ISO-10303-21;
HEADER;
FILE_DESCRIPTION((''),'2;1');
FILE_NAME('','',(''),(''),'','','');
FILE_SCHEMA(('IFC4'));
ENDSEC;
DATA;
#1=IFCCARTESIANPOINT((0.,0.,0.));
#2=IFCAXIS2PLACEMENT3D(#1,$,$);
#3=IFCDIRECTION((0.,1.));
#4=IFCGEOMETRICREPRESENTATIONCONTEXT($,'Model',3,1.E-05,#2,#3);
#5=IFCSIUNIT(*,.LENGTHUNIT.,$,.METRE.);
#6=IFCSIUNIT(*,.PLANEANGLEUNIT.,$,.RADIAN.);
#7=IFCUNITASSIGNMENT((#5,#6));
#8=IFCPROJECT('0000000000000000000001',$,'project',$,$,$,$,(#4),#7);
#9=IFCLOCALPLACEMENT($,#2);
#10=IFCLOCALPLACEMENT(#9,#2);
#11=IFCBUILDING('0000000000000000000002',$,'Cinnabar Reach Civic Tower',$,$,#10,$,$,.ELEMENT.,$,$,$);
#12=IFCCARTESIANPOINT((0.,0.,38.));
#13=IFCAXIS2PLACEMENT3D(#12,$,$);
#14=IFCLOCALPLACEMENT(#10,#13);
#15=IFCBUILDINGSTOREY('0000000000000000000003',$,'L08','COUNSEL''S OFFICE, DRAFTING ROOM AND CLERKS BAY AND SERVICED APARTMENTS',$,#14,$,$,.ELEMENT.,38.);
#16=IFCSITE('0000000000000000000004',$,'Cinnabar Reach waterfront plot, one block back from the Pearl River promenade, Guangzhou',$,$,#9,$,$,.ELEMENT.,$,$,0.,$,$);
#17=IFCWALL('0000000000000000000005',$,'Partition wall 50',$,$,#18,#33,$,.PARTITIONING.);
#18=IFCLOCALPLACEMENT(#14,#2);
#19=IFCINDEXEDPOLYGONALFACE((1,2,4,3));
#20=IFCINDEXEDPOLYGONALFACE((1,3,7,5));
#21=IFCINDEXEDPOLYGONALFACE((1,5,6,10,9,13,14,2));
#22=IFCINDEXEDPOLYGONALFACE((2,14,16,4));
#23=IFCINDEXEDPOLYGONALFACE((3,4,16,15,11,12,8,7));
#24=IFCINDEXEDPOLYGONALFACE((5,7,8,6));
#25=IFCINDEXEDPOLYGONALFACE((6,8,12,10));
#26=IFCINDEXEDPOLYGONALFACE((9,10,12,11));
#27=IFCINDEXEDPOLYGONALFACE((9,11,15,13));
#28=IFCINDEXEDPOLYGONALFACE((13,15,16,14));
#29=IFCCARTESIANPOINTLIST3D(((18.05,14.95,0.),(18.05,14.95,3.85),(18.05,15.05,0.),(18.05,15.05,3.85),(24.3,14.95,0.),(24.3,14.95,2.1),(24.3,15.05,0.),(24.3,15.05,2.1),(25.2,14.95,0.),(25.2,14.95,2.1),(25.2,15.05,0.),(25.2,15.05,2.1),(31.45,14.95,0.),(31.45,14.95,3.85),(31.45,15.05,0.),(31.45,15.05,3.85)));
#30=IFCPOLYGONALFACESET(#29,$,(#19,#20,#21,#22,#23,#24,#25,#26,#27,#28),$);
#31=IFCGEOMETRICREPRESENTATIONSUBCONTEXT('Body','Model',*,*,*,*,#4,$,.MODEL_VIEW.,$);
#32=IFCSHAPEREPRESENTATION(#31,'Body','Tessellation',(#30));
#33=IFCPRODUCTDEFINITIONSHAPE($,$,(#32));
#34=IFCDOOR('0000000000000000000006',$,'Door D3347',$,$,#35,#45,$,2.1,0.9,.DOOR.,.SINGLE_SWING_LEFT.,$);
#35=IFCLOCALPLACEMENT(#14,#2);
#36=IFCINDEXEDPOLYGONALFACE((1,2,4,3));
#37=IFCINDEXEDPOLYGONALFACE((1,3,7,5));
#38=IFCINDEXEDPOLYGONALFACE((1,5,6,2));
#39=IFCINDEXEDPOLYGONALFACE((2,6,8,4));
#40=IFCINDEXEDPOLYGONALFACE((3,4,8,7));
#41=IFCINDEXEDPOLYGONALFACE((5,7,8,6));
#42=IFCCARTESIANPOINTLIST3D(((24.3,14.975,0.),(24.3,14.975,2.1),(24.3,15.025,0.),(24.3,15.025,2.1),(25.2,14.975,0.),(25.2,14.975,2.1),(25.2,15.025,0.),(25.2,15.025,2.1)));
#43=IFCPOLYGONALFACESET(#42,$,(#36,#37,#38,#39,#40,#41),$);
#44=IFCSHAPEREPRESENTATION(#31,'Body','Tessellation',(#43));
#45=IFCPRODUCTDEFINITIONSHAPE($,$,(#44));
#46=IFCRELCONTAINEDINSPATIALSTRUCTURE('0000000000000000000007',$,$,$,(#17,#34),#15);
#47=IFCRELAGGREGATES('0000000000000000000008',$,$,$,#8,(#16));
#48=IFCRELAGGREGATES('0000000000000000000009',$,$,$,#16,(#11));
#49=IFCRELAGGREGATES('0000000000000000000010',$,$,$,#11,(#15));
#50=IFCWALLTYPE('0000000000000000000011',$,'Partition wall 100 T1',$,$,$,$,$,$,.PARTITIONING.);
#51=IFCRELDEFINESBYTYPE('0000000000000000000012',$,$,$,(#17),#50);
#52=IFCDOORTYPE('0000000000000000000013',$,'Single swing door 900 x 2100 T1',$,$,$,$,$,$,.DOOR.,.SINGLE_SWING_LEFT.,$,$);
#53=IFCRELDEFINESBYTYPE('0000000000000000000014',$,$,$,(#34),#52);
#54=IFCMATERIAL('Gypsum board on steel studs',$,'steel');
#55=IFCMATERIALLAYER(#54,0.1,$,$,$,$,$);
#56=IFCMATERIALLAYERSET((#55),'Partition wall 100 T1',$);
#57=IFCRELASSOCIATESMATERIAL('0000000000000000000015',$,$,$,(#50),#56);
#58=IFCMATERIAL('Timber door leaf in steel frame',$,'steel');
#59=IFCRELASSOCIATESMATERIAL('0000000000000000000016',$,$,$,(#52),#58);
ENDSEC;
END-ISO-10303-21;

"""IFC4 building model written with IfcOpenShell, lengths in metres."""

from ifc_helpers import new_model, si_unit, direction, frame, frame_2d, origin, place, context, subcontext, project, spatial, rectangle, extrude, material, layer, layer_set, type_object, element, fill, save


model = new_model("IFC4")

# Units and contexts
model_context = context("Model", 3, precision=1e-05, world=origin(), true_north=direction((0.0, 1.0)))
body_context = subcontext(model_context, "Body", "Model", "MODEL_VIEW")
ifc_project = project(units=[si_unit("LENGTHUNIT", "METRE"), si_unit("PLANEANGLEUNIT", "RADIAN")], contexts=[model_context])

# Site, building, storey
site_placement = place(None, origin())
site = spatial("IfcSite", under=ifc_project, at=site_placement, Name="Cinnabar Reach waterfront plot, one block back from the Pearl River promenade, Guangzhou", CompositionType="ELEMENT", RefElevation=0.0)
building_placement = place(site_placement, origin())
building = spatial("IfcBuilding", under=site, at=building_placement, Name="Cinnabar Reach Civic Tower", CompositionType="ELEMENT")
storey_placement = place(building_placement, frame((0.0, 0.0, 38.0)))
storey = spatial("IfcBuildingStorey", under=building, at=storey_placement, Name="L08", Description="COUNSEL'S OFFICE, DRAFTING ROOM AND CLERKS BAY AND SERVICED APARTMENTS", CompositionType="ELEMENT", Elevation=38.0)

# Shared definitions
ifc_material_1 = material(Name="Timber door leaf in steel frame", Category="steel")

# Shared definitions
ifc_material_2 = material(Name="Gypsum board on steel studs", Category="steel")
ifc_layer_1 = layer(ifc_material_2, 0.1)
ifc_layer_set_1 = layer_set([ifc_layer_1], Name="Partition wall 100 T1")
wall_type_1 = type_object("IfcWallType", Name="Partition wall 100 T1", PredefinedType="PARTITIONING", material=ifc_layer_set_1)

# Wall, opening, door
wall_1_placement = place(storey_placement, frame((18.05, 15.0, 0.0), z_axis=(0.0, 0.0, 1.0), x_axis=(1.0, 0.0, 0.0)))
wall_1 = element("IfcWall", 1, at=wall_1_placement, inside=storey, type_object=wall_type_1, Name="Partition wall 50", PredefinedType="PARTITIONING", context=body_context, shape_type="SweptSolid", body=[
    extrude(rectangle(XDim=13.4, YDim=0.1, at=frame_2d((6.7, 0.0))), origin(), (0.0, 0.0, 1.0), 3.85),
])
opening_1_placement = place(wall_1_placement, frame((6.25, 0.0, 0.0)))
opening_1 = element("IfcOpeningElement", 2, at=opening_1_placement, cuts=wall_1, PredefinedType="OPENING", context=body_context, shape_type="SweptSolid", body=[
    extrude(rectangle(XDim=0.9, YDim=2.1, at=frame_2d((0.45, 1.05))), frame((0.0, 0.06, 0.0), z_axis=(0.0, -1.0, 0.0), x_axis=(1.0, 0.0, 0.0)), (0.0, 0.0, 1.0), 0.12),
])
door_type_1 = type_object("IfcDoorType", Name="Single swing door 900 x 2100 T1", OperationType="SINGLE_SWING_LEFT", PredefinedType="DOOR", material=ifc_material_1)
door_1_placement = place(opening_1_placement, origin())
door_1 = element("IfcDoor", 3, at=door_1_placement, inside=storey, type_object=door_type_1, Name="Door D3347", OperationType="SINGLE_SWING_LEFT", OverallHeight=2.1, OverallWidth=0.9, PredefinedType="DOOR", context=body_context, shape_type="SweptSolid", body=[
    extrude(rectangle(XDim=0.9, YDim=2.1, at=frame_2d((0.45, 1.05))), frame((0.0, 0.025, 0.0), z_axis=(0.0, -1.0, 0.0), x_axis=(1.0, 0.0, 0.0)), (0.0, 0.0, 1.0), 0.05),
])
fill(opening_1, door_1)

save(model, "model.ifc")
